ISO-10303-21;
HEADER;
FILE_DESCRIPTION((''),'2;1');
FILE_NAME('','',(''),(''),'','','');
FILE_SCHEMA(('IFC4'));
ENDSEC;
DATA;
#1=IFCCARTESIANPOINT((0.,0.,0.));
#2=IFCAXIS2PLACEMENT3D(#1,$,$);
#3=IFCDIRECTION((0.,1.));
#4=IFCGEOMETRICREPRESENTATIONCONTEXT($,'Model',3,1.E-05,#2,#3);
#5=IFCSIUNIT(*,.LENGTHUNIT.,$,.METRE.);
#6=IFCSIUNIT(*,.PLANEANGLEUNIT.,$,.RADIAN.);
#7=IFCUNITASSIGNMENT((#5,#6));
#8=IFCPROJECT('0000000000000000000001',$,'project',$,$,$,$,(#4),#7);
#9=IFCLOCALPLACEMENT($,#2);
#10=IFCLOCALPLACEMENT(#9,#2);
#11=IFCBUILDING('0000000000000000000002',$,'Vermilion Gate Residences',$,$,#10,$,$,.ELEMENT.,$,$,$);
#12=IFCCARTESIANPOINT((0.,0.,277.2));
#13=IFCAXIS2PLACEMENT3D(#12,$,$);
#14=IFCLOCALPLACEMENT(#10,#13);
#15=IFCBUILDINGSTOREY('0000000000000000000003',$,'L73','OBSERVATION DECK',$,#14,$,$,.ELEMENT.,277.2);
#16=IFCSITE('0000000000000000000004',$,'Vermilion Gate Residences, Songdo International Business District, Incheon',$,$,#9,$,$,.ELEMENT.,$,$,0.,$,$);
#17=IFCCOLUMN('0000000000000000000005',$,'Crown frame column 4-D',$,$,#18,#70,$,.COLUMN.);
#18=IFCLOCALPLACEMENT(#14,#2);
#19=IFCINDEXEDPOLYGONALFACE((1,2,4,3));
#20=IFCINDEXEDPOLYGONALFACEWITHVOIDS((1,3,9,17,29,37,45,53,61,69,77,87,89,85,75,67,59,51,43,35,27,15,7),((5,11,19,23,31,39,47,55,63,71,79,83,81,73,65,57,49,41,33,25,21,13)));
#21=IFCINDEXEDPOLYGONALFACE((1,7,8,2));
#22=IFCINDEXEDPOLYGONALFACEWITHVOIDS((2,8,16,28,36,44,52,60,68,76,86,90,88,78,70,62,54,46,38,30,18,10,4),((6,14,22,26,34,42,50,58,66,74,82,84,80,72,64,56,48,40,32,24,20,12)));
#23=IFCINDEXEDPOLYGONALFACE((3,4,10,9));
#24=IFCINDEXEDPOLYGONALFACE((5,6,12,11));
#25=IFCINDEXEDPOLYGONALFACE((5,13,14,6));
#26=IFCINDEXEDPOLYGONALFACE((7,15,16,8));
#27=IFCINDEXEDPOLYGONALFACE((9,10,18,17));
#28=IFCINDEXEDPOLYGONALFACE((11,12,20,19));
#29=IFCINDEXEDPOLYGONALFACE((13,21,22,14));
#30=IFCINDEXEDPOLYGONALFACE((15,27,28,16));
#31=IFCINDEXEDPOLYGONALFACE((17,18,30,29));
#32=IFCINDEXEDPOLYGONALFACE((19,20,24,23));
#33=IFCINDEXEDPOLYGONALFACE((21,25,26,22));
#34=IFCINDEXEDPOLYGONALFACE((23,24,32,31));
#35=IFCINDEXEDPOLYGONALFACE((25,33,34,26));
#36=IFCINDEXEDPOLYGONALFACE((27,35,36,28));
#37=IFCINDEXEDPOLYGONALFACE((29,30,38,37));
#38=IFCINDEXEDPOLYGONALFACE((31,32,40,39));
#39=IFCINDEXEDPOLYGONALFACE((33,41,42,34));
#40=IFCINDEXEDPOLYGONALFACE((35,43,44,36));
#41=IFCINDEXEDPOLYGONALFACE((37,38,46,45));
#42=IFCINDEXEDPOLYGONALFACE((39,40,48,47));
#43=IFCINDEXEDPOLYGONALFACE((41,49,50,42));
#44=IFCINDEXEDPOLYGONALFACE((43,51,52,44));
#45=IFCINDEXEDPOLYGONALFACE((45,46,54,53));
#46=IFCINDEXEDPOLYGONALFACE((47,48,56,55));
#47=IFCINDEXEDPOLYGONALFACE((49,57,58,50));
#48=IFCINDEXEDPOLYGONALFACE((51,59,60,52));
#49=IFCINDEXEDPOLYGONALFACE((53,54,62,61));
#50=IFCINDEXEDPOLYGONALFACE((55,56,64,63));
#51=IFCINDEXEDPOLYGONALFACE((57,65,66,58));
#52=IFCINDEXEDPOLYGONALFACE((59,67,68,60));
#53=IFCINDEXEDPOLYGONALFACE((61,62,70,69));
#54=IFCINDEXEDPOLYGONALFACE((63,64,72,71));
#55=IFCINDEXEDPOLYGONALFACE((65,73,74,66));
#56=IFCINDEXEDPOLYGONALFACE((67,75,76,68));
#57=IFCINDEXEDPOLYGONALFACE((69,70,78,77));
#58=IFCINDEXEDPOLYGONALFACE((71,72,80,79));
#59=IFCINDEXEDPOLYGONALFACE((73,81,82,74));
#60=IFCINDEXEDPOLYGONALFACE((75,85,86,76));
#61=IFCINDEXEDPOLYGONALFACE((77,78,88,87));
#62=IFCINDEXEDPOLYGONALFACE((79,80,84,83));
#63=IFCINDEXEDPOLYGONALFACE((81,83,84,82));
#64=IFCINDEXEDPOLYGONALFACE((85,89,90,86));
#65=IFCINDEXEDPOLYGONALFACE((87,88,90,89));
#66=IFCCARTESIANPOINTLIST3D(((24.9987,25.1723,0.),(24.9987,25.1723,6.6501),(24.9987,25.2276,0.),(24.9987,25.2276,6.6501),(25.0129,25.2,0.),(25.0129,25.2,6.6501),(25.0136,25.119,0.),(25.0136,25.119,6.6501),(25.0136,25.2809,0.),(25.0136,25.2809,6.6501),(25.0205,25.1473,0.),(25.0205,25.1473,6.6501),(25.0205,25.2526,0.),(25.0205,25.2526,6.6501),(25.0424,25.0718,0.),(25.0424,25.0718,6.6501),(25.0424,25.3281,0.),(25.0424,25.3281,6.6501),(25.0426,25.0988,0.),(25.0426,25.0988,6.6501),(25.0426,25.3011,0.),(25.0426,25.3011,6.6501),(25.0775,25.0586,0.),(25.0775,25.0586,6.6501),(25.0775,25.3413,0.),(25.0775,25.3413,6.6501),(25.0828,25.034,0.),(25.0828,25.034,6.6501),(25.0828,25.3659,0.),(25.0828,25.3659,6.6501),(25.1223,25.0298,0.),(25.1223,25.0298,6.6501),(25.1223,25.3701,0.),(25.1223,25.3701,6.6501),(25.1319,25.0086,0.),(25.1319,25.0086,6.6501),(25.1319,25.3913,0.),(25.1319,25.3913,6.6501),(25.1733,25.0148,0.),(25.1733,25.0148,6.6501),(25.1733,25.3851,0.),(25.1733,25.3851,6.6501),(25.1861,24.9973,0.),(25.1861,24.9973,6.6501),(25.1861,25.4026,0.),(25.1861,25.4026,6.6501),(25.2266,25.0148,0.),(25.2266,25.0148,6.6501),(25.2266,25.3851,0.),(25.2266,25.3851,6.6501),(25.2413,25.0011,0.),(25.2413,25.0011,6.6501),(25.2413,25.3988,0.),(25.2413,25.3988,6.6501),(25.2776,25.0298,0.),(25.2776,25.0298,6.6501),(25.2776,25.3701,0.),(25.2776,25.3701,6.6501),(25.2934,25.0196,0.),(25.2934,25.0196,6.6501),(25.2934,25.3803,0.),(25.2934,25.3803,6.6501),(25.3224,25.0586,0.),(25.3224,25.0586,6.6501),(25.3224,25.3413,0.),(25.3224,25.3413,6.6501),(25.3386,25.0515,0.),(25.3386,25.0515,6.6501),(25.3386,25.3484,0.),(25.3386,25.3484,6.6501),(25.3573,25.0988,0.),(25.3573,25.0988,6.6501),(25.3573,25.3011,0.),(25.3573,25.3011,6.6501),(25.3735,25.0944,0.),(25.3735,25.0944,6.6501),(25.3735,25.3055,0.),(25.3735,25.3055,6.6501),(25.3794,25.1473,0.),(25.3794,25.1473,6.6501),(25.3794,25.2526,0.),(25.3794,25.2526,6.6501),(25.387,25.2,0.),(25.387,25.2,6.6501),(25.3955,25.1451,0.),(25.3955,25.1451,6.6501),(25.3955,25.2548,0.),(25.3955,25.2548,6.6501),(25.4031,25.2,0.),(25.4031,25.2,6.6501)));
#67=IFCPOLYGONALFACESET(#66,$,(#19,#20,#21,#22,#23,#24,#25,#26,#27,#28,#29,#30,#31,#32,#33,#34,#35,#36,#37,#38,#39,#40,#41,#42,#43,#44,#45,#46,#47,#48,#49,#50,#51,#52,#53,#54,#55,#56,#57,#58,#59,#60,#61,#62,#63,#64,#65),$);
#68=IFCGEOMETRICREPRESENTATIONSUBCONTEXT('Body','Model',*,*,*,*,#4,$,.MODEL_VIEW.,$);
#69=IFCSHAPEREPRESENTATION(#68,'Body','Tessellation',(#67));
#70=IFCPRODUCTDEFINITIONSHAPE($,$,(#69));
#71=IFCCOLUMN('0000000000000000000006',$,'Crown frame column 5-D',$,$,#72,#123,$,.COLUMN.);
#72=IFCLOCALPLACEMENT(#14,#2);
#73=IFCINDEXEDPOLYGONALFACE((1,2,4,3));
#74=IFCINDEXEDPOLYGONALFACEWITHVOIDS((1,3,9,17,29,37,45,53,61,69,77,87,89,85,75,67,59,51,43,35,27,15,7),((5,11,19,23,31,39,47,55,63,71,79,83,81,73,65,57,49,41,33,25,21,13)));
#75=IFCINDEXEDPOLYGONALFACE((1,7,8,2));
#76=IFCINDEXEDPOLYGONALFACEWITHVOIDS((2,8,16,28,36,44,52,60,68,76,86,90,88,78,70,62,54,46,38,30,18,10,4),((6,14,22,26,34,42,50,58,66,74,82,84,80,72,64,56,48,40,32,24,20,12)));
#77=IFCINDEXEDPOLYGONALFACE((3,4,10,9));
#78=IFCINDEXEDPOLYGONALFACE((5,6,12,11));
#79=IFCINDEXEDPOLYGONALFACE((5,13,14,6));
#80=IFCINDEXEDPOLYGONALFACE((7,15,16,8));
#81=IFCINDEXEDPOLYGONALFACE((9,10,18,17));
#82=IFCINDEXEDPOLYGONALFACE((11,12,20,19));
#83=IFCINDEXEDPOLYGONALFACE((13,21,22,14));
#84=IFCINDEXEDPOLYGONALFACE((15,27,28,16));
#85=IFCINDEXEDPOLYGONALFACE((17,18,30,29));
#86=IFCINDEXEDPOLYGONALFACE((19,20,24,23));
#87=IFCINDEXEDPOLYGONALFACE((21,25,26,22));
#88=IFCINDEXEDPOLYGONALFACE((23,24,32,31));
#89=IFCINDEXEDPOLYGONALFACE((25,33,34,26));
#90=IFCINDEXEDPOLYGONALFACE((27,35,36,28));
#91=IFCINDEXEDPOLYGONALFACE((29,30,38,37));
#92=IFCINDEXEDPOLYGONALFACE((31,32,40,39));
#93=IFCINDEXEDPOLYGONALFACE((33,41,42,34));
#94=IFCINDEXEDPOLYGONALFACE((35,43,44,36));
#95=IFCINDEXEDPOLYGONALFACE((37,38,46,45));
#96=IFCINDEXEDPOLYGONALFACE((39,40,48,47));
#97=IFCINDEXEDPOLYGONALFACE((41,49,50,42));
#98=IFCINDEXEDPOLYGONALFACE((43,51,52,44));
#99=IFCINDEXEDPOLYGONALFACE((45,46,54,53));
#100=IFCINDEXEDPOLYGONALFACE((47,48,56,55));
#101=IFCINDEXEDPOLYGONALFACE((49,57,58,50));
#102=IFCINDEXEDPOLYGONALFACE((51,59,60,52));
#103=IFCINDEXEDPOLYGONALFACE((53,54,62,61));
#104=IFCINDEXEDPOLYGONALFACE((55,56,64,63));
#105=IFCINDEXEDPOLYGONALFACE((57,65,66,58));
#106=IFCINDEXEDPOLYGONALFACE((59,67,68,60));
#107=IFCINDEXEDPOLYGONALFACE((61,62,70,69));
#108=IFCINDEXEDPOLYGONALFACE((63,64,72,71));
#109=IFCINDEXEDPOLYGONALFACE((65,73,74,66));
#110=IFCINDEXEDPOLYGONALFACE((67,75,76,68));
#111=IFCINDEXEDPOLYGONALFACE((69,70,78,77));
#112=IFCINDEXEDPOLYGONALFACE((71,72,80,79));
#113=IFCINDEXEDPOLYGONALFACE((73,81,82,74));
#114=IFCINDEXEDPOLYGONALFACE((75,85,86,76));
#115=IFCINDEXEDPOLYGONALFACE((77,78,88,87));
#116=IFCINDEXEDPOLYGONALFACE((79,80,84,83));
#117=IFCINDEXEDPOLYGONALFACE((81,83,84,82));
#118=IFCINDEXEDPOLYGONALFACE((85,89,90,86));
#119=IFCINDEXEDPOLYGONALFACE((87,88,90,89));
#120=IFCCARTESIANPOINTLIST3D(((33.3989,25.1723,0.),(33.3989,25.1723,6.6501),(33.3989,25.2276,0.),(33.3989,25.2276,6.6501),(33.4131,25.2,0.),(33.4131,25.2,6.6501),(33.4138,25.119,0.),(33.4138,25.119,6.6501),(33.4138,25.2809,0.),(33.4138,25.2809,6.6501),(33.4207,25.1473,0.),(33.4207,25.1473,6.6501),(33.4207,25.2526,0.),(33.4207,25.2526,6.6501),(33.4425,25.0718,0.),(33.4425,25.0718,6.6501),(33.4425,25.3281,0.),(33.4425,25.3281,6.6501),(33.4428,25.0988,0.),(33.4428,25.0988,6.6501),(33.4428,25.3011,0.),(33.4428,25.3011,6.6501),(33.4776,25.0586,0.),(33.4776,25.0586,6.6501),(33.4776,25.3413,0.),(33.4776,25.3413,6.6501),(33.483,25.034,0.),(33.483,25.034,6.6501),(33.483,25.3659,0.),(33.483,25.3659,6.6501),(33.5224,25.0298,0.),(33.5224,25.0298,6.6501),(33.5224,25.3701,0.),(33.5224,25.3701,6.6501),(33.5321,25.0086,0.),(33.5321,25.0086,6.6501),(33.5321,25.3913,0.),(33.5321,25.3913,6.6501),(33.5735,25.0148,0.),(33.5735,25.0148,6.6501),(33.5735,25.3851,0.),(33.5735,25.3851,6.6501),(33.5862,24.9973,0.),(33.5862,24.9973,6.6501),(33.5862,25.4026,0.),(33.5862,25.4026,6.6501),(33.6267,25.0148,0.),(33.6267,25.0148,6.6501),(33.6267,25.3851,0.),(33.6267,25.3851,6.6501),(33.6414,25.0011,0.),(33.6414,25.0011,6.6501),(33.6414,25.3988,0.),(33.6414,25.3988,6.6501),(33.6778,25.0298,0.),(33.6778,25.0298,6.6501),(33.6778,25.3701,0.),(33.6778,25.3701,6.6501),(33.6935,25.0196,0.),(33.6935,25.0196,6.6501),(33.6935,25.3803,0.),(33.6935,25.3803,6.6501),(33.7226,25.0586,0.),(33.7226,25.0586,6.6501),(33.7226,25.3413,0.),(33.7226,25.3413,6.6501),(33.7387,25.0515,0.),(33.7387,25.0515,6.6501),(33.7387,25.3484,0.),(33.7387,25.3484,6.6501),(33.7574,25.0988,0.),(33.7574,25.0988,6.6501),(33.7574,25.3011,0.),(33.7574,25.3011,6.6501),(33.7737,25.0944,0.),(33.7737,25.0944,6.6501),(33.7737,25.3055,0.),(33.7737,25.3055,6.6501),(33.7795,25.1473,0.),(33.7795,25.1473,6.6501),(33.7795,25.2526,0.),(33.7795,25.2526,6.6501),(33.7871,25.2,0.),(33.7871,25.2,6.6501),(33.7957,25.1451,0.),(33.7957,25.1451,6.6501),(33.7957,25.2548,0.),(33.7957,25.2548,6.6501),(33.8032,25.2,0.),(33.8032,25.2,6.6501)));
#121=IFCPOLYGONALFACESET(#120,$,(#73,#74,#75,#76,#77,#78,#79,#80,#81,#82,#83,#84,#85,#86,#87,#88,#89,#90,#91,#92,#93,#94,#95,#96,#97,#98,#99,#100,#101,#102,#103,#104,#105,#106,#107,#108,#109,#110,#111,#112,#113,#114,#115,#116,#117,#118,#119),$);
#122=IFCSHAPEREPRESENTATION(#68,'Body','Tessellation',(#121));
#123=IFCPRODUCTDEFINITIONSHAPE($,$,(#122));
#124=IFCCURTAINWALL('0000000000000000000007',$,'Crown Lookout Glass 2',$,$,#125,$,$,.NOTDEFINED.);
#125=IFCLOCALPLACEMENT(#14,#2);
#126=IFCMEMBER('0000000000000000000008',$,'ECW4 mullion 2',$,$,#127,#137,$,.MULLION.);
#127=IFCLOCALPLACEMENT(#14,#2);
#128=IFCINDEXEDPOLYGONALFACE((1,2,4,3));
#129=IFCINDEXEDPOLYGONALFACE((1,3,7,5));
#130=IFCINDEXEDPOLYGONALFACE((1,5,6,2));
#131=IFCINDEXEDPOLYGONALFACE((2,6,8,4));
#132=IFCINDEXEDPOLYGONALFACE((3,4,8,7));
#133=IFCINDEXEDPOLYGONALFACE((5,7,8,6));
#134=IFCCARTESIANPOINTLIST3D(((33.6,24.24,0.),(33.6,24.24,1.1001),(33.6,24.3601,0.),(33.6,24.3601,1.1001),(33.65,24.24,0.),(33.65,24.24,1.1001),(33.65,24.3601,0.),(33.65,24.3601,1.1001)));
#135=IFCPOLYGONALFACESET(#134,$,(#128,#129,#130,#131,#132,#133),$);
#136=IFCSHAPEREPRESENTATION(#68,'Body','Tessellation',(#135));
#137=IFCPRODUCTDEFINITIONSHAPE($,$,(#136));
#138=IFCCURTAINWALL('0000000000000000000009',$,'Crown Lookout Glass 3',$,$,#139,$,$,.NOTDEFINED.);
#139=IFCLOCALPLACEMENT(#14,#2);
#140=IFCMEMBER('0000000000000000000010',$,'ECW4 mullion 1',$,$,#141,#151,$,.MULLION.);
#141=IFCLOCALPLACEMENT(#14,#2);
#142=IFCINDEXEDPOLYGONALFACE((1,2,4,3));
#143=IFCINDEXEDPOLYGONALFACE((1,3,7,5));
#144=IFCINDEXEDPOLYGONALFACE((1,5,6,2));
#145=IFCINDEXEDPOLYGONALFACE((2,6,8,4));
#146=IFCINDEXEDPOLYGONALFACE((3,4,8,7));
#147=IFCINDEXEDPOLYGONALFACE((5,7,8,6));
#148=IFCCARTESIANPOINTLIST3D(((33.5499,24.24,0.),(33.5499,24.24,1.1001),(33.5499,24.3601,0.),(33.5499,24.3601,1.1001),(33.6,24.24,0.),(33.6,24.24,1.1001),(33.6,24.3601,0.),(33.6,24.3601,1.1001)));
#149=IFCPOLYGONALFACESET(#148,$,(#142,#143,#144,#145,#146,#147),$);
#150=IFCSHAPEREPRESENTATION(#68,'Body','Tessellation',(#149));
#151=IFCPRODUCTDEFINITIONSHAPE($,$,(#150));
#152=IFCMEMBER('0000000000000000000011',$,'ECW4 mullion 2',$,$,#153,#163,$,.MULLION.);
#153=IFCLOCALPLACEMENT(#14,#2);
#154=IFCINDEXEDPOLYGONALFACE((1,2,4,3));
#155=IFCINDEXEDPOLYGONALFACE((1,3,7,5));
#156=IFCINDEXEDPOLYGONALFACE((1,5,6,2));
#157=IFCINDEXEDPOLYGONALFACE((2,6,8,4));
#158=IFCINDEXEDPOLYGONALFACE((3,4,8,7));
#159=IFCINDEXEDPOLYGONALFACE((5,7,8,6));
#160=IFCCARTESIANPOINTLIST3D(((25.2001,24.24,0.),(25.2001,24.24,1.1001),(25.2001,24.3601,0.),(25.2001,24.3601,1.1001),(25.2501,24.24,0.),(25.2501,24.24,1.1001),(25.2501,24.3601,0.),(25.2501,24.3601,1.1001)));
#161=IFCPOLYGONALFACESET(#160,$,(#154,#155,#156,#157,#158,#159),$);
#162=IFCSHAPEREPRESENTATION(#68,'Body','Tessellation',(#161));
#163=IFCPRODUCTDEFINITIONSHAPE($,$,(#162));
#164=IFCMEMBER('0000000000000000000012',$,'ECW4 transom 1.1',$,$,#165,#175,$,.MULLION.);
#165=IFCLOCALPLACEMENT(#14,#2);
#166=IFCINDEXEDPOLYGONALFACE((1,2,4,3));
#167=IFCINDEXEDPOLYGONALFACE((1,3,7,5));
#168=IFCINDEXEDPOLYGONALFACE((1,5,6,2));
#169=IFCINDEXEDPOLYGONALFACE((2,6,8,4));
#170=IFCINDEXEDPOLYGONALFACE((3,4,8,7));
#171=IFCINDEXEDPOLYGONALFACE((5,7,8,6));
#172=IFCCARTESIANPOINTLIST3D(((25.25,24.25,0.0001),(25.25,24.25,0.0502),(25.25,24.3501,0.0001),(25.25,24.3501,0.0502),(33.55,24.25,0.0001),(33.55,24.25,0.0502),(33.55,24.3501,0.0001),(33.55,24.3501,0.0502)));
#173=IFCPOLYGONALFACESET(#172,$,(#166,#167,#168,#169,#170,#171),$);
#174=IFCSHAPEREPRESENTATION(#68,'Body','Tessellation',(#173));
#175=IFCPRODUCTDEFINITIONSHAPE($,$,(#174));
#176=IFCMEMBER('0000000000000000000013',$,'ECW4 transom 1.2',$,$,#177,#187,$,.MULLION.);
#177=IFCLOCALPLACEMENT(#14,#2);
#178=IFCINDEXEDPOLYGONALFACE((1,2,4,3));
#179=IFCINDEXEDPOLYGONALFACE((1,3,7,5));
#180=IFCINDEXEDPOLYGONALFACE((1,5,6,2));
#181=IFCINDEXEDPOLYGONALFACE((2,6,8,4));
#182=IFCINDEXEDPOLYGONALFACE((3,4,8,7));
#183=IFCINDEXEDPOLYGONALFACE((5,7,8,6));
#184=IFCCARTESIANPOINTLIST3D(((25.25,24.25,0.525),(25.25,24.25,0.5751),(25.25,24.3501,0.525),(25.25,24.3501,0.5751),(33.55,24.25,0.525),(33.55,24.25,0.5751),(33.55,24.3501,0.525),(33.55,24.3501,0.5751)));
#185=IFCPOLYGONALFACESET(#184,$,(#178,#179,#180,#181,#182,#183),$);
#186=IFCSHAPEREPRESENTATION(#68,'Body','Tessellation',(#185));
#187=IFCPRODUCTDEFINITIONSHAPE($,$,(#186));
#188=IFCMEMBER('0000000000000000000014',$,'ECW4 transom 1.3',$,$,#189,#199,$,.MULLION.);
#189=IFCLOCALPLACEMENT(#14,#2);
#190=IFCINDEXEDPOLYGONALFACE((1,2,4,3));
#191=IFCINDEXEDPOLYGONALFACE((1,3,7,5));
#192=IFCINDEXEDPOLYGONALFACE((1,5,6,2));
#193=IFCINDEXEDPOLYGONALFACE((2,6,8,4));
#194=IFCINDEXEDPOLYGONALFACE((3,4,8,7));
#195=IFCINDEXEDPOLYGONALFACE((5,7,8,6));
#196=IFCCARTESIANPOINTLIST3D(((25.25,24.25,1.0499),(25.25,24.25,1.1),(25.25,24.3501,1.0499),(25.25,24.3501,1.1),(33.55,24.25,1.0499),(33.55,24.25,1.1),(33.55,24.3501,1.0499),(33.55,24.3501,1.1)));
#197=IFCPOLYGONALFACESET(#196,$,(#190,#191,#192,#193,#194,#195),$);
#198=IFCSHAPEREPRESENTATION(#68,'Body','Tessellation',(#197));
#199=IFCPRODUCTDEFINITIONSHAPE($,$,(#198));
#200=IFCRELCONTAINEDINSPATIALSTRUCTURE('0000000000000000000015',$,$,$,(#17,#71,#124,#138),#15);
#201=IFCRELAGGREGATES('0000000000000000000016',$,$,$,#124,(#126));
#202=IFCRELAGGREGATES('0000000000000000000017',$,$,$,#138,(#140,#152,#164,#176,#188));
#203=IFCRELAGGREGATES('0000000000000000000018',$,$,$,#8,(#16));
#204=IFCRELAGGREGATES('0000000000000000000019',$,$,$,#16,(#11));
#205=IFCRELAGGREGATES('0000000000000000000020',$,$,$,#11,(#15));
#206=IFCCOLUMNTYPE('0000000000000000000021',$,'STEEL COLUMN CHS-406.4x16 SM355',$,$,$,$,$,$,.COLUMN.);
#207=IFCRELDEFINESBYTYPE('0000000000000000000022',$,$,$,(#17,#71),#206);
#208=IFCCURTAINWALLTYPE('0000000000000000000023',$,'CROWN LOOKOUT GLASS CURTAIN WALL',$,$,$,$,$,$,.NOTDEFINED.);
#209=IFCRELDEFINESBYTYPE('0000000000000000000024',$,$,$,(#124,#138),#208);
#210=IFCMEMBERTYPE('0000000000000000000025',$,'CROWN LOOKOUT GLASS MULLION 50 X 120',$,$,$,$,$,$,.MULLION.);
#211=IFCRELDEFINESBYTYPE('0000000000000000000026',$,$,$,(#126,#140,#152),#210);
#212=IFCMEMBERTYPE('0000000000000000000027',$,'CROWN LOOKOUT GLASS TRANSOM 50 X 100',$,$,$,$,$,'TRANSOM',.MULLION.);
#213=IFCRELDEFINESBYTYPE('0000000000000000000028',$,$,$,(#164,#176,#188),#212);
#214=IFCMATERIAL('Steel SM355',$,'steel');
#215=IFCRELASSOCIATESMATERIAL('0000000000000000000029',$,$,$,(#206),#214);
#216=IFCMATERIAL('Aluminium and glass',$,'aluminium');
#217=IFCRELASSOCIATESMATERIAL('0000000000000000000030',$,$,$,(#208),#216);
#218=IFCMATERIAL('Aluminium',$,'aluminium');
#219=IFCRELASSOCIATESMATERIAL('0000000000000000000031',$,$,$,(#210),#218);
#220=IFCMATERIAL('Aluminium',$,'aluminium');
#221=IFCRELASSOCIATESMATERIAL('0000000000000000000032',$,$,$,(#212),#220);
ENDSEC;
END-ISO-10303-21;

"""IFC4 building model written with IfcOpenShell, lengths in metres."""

from ifc_helpers import new_model, si_unit, direction, frame, origin, origin_2d, place, context, subcontext, project, spatial, rectangle, hollow_circle, extrude, material, material_profile, profile_set, type_object, element, aggregate, save


model = new_model("IFC4")

# Units and contexts
model_context = context("Model", 3, precision=1e-05, world=origin(), true_north=direction((0.0, 1.0)))
body_context = subcontext(model_context, "Body", "Model", "MODEL_VIEW")
ifc_project = project(units=[si_unit("LENGTHUNIT", "METRE"), si_unit("PLANEANGLEUNIT", "RADIAN")], contexts=[model_context])

# Site, building, storey
site_placement = place(None, origin())
site = spatial("IfcSite", under=ifc_project, at=site_placement, Name="Vermilion Gate Residences, Songdo International Business District, Incheon", CompositionType="ELEMENT", RefElevation=0.0)
building_placement = place(site_placement, origin())
building = spatial("IfcBuilding", under=site, at=building_placement, Name="Vermilion Gate Residences", CompositionType="ELEMENT")
storey_placement = place(building_placement, frame((0.0, 0.0, 277.2)))
storey = spatial("IfcBuildingStorey", under=building, at=storey_placement, Name="L73", Description="OBSERVATION DECK", CompositionType="ELEMENT", Elevation=277.2)

# Columns
ifc_material_1 = material(Name="Steel SM355", Category="steel")
ifc_material_profile_1 = material_profile(ifc_material_1, hollow_circle(Radius=0.2031, WallThickness=0.0161, at=origin_2d()), Name="CHS-406.4x16")
ifc_profile_set_1 = profile_set([ifc_material_profile_1], Name="Steel SM355")
column_type = type_object("IfcColumnType", Name="STEEL COLUMN CHS-406.4x16 SM355", PredefinedType="COLUMN", material=ifc_profile_set_1)
for number, where, z_axis, x_axis, name in (
    (1, (25.2, 25.2, 0.0), (0.0, 0.0, 1.0), (1.0, 0.0, 0.0), "Crown frame column 4-D"),
    (2, (33.6001, 25.2, 0.0), (0.0, 0.0, 1.0), (1.0, 0.0, 0.0), "Crown frame column 5-D"),
):
    element("IfcColumn", number, at=place(storey_placement, frame(where, z_axis=z_axis, x_axis=x_axis)), inside=storey, type_object=column_type, Name=name, PredefinedType="COLUMN", context=body_context, shape_type="SweptSolid", body=[
        extrude(hollow_circle(Radius=0.2031, WallThickness=0.0161, at=origin_2d()), origin(), (0.0, 0.0, 1.0), 6.6501),
    ])

# Curtain wall, member
ifc_material_2 = material(Name="Aluminium and glass", Category="aluminium")
curtain_wall_type = type_object("IfcCurtainWallType", Name="CROWN LOOKOUT GLASS CURTAIN WALL", PredefinedType="NOTDEFINED", material=ifc_material_2)
curtain_wall_1_placement = place(storey_placement, origin())
curtain_wall_1 = element("IfcCurtainWall", 3, at=curtain_wall_1_placement, inside=storey, type_object=curtain_wall_type, Name="Crown Lookout Glass 2", PredefinedType="NOTDEFINED")
ifc_material_3 = material(Name="Aluminium", Category="aluminium")
ifc_material_profile_2 = material_profile(ifc_material_3, rectangle(XDim=0.1201, YDim=0.05, at=origin_2d()), Name="MULLION 50 X 120")
ifc_profile_set_2 = profile_set([ifc_material_profile_2], Name="Aluminium")
member_type_1 = type_object("IfcMemberType", Name="CROWN LOOKOUT GLASS MULLION 50 X 120", PredefinedType="MULLION", material=ifc_profile_set_2)
member_1_placement = place(storey_placement, frame((33.625, 24.3, 0.0), z_axis=(0.0, 0.0, 1.0), x_axis=(0.0, -1.0, 0.0)))
member_1 = element("IfcMember", 4, at=member_1_placement, type_object=member_type_1, Name="ECW4 mullion 2", PredefinedType="MULLION", context=body_context, shape_type="SweptSolid", body=[
    extrude(rectangle(XDim=0.1201, YDim=0.05, at=origin_2d()), origin(), (0.0, 0.0, 1.0), 1.1001),
])
aggregate(curtain_wall_1, [member_1])

# Curtain wall, members
curtain_wall_2_placement = place(storey_placement, origin())
curtain_wall_2 = element("IfcCurtainWall", 5, at=curtain_wall_2_placement, inside=storey, type_object=curtain_wall_type, Name="Crown Lookout Glass 3", PredefinedType="NOTDEFINED")
member_2_placement = place(storey_placement, frame((33.575, 24.3, 0.0), z_axis=(0.0, 0.0, 1.0), x_axis=(0.0, -1.0, 0.0)))
member_2 = element("IfcMember", 6, at=member_2_placement, type_object=member_type_1, Name="ECW4 mullion 1", PredefinedType="MULLION", context=body_context, shape_type="SweptSolid", body=[
    extrude(rectangle(XDim=0.1201, YDim=0.05, at=origin_2d()), origin(), (0.0, 0.0, 1.0), 1.1001),
])
member_3_placement = place(storey_placement, frame((25.2251, 24.3, 0.0), z_axis=(0.0, 0.0, 1.0), x_axis=(0.0, -1.0, 0.0)))
member_3 = element("IfcMember", 7, at=member_3_placement, type_object=member_type_1, Name="ECW4 mullion 2", PredefinedType="MULLION", context=body_context, shape_type="SweptSolid", body=[
    extrude(rectangle(XDim=0.1201, YDim=0.05, at=origin_2d()), origin(), (0.0, 0.0, 1.0), 1.1001),
])
ifc_material_4 = material(Name="Aluminium", Category="aluminium")
ifc_material_profile_3 = material_profile(ifc_material_4, rectangle(XDim=0.1001, YDim=0.05, at=origin_2d()), Name="TRANSOM 50 X 100")
ifc_profile_set_3 = profile_set([ifc_material_profile_3], Name="Aluminium")
member_type_2 = type_object("IfcMemberType", Name="CROWN LOOKOUT GLASS TRANSOM 50 X 100", ElementType="TRANSOM", PredefinedType="MULLION", material=ifc_profile_set_3)
member_4_placement = place(storey_placement, frame((33.55, 24.3, 0.0251), z_axis=(-1.0, 0.0, 0.0), x_axis=(0.0, -1.0, 0.0)))
member_4 = element("IfcMember", 8, at=member_4_placement, type_object=member_type_2, Name="ECW4 transom 1.1", PredefinedType="MULLION", context=body_context, shape_type="SweptSolid", body=[
    extrude(rectangle(XDim=0.1001, YDim=0.05, at=origin_2d()), origin(), (0.0, 0.0, 1.0), 8.3),
])
member_5_placement = place(storey_placement, frame((33.55, 24.3, 0.55), z_axis=(-1.0, 0.0, 0.0), x_axis=(0.0, -1.0, 0.0)))
member_5 = element("IfcMember", 9, at=member_5_placement, type_object=member_type_2, Name="ECW4 transom 1.2", PredefinedType="MULLION", context=body_context, shape_type="SweptSolid", body=[
    extrude(rectangle(XDim=0.1001, YDim=0.05, at=origin_2d()), origin(), (0.0, 0.0, 1.0), 8.3),
])
member_6_placement = place(storey_placement, frame((33.55, 24.3, 1.075), z_axis=(-1.0, 0.0, 0.0), x_axis=(0.0, -1.0, 0.0)))
member_6 = element("IfcMember", 10, at=member_6_placement, type_object=member_type_2, Name="ECW4 transom 1.3", PredefinedType="MULLION", context=body_context, shape_type="SweptSolid", body=[
    extrude(rectangle(XDim=0.1001, YDim=0.05, at=origin_2d()), origin(), (0.0, 0.0, 1.0), 8.3),
])

aggregate(curtain_wall_2, [member_2, member_3, member_4, member_5, member_6])

save(model, "model.ifc")
